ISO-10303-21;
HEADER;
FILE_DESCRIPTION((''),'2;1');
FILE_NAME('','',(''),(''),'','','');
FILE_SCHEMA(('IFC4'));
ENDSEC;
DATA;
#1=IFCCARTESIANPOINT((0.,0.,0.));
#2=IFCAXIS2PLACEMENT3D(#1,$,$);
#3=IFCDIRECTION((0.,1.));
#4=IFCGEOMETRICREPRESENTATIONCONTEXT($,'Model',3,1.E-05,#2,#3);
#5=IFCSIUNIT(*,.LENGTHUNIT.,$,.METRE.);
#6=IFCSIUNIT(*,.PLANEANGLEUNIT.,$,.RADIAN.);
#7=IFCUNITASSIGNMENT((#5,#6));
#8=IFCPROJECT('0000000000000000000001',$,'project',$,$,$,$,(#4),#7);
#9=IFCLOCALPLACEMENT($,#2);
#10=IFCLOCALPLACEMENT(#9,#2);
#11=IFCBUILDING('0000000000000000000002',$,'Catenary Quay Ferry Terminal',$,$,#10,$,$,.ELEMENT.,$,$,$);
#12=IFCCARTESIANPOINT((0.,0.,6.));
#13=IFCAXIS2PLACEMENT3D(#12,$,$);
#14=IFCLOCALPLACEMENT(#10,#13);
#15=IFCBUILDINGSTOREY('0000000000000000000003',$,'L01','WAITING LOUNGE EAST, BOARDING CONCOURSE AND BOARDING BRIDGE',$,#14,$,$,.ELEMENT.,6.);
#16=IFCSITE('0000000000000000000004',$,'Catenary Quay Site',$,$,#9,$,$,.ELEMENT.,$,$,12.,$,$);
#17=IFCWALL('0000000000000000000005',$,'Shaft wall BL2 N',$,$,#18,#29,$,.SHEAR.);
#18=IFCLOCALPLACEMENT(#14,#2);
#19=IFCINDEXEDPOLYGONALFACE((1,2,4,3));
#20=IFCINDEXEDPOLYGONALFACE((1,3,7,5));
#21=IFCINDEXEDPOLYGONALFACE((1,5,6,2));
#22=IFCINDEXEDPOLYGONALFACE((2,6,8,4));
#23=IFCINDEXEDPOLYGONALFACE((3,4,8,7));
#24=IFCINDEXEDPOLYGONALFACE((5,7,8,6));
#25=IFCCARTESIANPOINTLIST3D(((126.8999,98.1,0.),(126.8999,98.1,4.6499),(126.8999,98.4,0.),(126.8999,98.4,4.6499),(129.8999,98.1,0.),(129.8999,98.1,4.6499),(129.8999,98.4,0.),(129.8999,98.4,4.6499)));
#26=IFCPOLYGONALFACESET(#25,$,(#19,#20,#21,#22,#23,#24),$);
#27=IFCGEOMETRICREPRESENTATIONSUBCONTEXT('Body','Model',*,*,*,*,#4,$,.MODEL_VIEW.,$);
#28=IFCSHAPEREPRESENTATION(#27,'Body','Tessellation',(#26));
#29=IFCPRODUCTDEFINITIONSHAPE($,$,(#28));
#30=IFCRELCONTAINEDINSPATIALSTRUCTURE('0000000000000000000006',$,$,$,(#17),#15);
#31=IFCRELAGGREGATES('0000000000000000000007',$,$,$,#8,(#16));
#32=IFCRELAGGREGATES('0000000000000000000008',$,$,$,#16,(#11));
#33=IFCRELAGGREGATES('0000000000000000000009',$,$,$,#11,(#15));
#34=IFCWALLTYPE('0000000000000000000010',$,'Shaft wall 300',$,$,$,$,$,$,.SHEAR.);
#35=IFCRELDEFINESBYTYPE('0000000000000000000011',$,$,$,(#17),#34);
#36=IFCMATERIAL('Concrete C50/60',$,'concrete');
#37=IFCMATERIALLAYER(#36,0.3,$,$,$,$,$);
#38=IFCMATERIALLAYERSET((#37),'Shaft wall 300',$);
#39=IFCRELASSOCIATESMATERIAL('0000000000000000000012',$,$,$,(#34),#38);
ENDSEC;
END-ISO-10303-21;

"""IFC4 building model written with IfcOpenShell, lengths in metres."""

from ifc_helpers import new_model, si_unit, direction, frame, frame_2d, origin, place, context, subcontext, project, spatial, rectangle, extrude, material, layer, layer_set, type_object, element, save


model = new_model("IFC4")

# Units and contexts
model_context = context("Model", 3, precision=1e-05, world=origin(), true_north=direction((0.0, 1.0)))
body_context = subcontext(model_context, "Body", "Model", "MODEL_VIEW")
ifc_project = project(units=[si_unit("LENGTHUNIT", "METRE"), si_unit("PLANEANGLEUNIT", "RADIAN")], contexts=[model_context])

# Site, building, storey
site_placement = place(None, origin())
site = spatial("IfcSite", under=ifc_project, at=site_placement, Name="Catenary Quay Site", CompositionType="ELEMENT", RefElevation=12.0)
building_placement = place(site_placement, origin())
building = spatial("IfcBuilding", under=site, at=building_placement, Name="Catenary Quay Ferry Terminal", CompositionType="ELEMENT")
storey_placement = place(building_placement, frame((0.0, 0.0, 6.0)))
storey = spatial("IfcBuildingStorey", under=building, at=storey_placement, Name="L01", Description="WAITING LOUNGE EAST, BOARDING CONCOURSE AND BOARDING BRIDGE", CompositionType="ELEMENT", Elevation=6.0)

# Shared definitions
ifc_material_1 = material(Name="Concrete C50/60", Category="concrete")
ifc_layer_1 = layer(ifc_material_1, 0.3)
ifc_layer_set_1 = layer_set([ifc_layer_1], Name="Shaft wall 300")
wall_type_1 = type_object("IfcWallType", Name="Shaft wall 300", PredefinedType="SHEAR", material=ifc_layer_set_1)

# Wall
wall_1_placement = place(storey_placement, frame((126.8999, 98.25, 0.0), z_axis=(0.0, 0.0, 1.0), x_axis=(1.0, 0.0, 0.0)))
element("IfcWall", 1, at=wall_1_placement, inside=storey, type_object=wall_type_1, Name="Shaft wall BL2 N", PredefinedType="SHEAR", context=body_context, shape_type="SweptSolid", body=[
    extrude(rectangle(XDim=3.0, YDim=0.3, at=frame_2d((1.5, 0.0))), origin(), (0.0, 0.0, 1.0), 4.6499),
])

save(model, "model.ifc")
